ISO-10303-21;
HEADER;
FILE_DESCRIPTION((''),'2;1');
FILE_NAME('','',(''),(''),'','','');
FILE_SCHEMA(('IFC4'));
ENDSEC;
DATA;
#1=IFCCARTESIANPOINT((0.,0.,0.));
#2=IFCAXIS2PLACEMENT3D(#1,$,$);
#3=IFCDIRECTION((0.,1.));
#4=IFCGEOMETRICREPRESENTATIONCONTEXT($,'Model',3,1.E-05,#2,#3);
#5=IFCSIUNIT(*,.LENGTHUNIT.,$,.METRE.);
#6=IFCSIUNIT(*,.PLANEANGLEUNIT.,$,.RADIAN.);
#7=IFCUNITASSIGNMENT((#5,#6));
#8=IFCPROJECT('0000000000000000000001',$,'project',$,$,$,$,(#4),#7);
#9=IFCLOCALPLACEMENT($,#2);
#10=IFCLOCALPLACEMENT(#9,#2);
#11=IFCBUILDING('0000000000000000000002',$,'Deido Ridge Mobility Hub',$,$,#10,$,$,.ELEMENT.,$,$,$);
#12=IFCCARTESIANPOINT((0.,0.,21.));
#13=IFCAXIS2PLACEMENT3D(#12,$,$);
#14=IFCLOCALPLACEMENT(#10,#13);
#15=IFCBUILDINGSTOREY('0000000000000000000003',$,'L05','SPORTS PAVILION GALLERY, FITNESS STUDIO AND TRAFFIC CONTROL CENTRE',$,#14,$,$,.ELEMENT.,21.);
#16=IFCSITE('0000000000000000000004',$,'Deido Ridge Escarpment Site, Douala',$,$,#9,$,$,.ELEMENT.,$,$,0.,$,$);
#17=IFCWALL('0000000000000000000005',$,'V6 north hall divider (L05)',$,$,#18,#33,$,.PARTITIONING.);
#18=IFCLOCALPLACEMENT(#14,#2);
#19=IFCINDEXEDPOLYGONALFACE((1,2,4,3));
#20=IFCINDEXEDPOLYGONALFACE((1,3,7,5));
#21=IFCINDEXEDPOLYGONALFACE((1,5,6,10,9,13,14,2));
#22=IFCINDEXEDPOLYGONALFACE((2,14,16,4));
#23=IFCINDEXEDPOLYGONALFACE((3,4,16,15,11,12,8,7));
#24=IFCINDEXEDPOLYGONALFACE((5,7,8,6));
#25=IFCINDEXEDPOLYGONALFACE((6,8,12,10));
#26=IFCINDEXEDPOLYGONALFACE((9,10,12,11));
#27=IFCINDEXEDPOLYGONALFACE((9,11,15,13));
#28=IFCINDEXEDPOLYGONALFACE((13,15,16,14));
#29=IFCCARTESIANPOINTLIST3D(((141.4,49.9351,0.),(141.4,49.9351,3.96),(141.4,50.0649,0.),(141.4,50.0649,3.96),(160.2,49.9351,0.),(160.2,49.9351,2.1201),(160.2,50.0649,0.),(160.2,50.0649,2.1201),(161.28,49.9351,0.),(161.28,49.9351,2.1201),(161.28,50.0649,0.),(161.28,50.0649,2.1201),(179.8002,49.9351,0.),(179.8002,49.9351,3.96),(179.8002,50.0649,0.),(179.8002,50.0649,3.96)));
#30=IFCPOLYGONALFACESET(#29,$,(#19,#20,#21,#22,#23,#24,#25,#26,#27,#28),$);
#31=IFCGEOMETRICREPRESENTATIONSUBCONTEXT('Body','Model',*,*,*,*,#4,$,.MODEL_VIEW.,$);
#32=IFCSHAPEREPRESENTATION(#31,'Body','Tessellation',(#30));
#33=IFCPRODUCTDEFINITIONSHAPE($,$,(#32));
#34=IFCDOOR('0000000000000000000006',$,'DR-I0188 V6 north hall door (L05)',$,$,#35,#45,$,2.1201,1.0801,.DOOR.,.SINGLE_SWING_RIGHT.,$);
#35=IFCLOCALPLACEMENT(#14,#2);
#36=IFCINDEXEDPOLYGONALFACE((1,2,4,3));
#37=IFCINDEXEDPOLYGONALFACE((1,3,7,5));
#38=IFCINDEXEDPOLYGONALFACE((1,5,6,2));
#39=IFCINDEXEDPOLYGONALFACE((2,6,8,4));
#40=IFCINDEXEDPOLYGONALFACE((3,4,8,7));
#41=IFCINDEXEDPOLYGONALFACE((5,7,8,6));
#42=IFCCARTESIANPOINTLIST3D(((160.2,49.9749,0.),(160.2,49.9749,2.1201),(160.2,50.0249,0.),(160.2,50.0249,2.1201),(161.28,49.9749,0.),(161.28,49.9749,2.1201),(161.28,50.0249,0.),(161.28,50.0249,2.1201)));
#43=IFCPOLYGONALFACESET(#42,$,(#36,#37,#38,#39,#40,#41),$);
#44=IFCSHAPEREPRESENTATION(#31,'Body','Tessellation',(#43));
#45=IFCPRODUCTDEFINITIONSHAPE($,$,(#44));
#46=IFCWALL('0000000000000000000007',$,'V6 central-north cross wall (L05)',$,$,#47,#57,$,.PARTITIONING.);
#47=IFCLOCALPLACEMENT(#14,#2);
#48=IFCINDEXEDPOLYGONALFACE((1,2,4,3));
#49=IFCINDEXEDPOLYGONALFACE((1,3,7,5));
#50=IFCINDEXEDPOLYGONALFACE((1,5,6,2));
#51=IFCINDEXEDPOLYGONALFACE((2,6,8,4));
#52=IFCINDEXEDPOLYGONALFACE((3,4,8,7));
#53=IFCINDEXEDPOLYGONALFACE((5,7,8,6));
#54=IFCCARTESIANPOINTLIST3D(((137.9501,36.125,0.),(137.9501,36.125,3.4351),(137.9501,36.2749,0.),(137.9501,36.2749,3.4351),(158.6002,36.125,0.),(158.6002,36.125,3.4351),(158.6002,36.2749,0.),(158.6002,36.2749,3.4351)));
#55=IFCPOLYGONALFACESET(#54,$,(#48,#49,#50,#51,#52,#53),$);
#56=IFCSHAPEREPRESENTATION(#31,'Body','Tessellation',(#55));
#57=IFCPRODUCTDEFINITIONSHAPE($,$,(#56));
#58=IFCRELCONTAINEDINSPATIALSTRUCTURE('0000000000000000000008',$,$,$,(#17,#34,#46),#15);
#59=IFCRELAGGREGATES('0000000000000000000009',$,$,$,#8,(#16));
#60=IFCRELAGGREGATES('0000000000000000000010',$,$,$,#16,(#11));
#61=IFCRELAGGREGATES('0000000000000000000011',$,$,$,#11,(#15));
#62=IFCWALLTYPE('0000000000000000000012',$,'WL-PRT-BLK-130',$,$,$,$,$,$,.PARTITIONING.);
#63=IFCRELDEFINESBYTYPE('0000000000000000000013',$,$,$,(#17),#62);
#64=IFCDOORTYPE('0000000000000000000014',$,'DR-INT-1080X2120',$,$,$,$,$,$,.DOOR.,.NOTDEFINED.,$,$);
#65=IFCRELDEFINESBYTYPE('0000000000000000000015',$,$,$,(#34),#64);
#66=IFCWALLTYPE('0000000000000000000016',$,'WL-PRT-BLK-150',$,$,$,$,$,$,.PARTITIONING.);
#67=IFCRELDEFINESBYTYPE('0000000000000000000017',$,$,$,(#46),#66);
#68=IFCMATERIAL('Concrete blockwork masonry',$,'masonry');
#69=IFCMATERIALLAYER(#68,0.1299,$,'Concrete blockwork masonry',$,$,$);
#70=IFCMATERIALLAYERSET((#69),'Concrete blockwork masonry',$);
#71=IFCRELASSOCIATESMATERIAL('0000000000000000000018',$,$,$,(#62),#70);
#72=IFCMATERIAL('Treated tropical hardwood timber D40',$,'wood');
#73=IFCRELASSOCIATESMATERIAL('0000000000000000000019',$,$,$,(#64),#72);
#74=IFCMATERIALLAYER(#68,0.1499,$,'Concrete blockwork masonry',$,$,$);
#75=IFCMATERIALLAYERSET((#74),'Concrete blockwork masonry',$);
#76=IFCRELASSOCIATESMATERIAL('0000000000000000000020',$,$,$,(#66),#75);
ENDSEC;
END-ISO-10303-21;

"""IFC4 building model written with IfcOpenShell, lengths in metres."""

from ifc_helpers import new_model, si_unit, direction, frame, frame_2d, origin, place, context, subcontext, project, spatial, rectangle, extrude, material, layer, layer_set, type_object, element, fill, save


model = new_model("IFC4")

# Units and contexts
model_context = context("Model", 3, precision=1e-05, world=origin(), true_north=direction((0.0, 1.0)))
body_context = subcontext(model_context, "Body", "Model", "MODEL_VIEW")
ifc_project = project(units=[si_unit("LENGTHUNIT", "METRE"), si_unit("PLANEANGLEUNIT", "RADIAN")], contexts=[model_context])

# Site, building, storey
site_placement = place(None, origin())
site = spatial("IfcSite", under=ifc_project, at=site_placement, Name="Deido Ridge Escarpment Site, Douala", CompositionType="ELEMENT", RefElevation=0.0)
building_placement = place(site_placement, origin())
building = spatial("IfcBuilding", under=site, at=building_placement, Name="Deido Ridge Mobility Hub", CompositionType="ELEMENT")
storey_placement = place(building_placement, frame((0.0, 0.0, 21.0)))
storey = spatial("IfcBuildingStorey", under=building, at=storey_placement, Name="L05", Description="SPORTS PAVILION GALLERY, FITNESS STUDIO AND TRAFFIC CONTROL CENTRE", CompositionType="ELEMENT", Elevation=21.0)

# Shared definitions
ifc_material_1 = material(Name="Concrete blockwork masonry", Category="masonry")

# Wall, opening, door
ifc_layer_1 = layer(ifc_material_1, 0.1299, Name="Concrete blockwork masonry")
ifc_layer_set_1 = layer_set([ifc_layer_1], Name="Concrete blockwork masonry")
wall_type_1 = type_object("IfcWallType", Name="WL-PRT-BLK-130", PredefinedType="PARTITIONING", material=ifc_layer_set_1)
wall_1_placement = place(storey_placement, frame((141.3999, 50.0, 0.0), z_axis=(0.0, 0.0, 1.0), x_axis=(1.0, 0.0, 0.0)))
wall_1 = element("IfcWall", 1, at=wall_1_placement, inside=storey, type_object=wall_type_1, Name="V6 north hall divider (L05)", PredefinedType="PARTITIONING", context=body_context, shape_type="SweptSolid", body=[
    extrude(rectangle(XDim=38.4001, YDim=0.1299, at=frame_2d((19.2002, 0.0))), origin(), (0.0, 0.0, 1.0), 3.96),
])
opening_1_placement = place(wall_1_placement, frame((18.8, 0.0, 0.0)))
opening_1 = element("IfcOpeningElement", 2, at=opening_1_placement, cuts=wall_1, PredefinedType="OPENING", context=body_context, shape_type="SweptSolid", body=[
    extrude(rectangle(XDim=1.0801, YDim=2.1201, at=frame_2d((0.54, 1.0601))), frame((0.0, 0.075, 0.0), z_axis=(0.0, -1.0, 0.0), x_axis=(1.0, 0.0, 0.0)), (0.0, 0.0, 1.0), 0.1499),
])
ifc_material_2 = material(Name="Treated tropical hardwood timber D40", Category="wood")
door_type = type_object("IfcDoorType", Name="DR-INT-1080X2120", OperationType="NOTDEFINED", PredefinedType="DOOR", material=ifc_material_2)
door_placement = place(opening_1_placement, origin())
door = element("IfcDoor", 3, at=door_placement, inside=storey, type_object=door_type, Name="DR-I0188 V6 north hall door (L05)", OperationType="SINGLE_SWING_RIGHT", OverallHeight=2.1201, OverallWidth=1.0801, PredefinedType="DOOR", context=body_context, shape_type="SweptSolid", body=[
    extrude(rectangle(XDim=1.0801, YDim=2.1201, at=frame_2d((0.54, 1.0601))), frame((0.0, 0.0249, 0.0), z_axis=(0.0, -1.0, 0.0), x_axis=(1.0, 0.0, 0.0)), (0.0, 0.0, 1.0), 0.05),
])
fill(opening_1, door)

# Wall
ifc_layer_2 = layer(ifc_material_1, 0.1499, Name="Concrete blockwork masonry")
ifc_layer_set_2 = layer_set([ifc_layer_2], Name="Concrete blockwork masonry")
wall_type_2 = type_object("IfcWallType", Name="WL-PRT-BLK-150", PredefinedType="PARTITIONING", material=ifc_layer_set_2)
wall_2_placement = place(storey_placement, frame((137.95, 36.2, 0.0), z_axis=(0.0, 0.0, 1.0), x_axis=(1.0, 0.0, 0.0)))
element("IfcWall", 4, at=wall_2_placement, inside=storey, type_object=wall_type_2, Name="V6 central-north cross wall (L05)", PredefinedType="PARTITIONING", context=body_context, shape_type="SweptSolid", body=[
    extrude(rectangle(XDim=20.6501, YDim=0.1499, at=frame_2d((10.3252, 0.0))), origin(), (0.0, 0.0, 1.0), 3.4351),
])

save(model, "model.ifc")
